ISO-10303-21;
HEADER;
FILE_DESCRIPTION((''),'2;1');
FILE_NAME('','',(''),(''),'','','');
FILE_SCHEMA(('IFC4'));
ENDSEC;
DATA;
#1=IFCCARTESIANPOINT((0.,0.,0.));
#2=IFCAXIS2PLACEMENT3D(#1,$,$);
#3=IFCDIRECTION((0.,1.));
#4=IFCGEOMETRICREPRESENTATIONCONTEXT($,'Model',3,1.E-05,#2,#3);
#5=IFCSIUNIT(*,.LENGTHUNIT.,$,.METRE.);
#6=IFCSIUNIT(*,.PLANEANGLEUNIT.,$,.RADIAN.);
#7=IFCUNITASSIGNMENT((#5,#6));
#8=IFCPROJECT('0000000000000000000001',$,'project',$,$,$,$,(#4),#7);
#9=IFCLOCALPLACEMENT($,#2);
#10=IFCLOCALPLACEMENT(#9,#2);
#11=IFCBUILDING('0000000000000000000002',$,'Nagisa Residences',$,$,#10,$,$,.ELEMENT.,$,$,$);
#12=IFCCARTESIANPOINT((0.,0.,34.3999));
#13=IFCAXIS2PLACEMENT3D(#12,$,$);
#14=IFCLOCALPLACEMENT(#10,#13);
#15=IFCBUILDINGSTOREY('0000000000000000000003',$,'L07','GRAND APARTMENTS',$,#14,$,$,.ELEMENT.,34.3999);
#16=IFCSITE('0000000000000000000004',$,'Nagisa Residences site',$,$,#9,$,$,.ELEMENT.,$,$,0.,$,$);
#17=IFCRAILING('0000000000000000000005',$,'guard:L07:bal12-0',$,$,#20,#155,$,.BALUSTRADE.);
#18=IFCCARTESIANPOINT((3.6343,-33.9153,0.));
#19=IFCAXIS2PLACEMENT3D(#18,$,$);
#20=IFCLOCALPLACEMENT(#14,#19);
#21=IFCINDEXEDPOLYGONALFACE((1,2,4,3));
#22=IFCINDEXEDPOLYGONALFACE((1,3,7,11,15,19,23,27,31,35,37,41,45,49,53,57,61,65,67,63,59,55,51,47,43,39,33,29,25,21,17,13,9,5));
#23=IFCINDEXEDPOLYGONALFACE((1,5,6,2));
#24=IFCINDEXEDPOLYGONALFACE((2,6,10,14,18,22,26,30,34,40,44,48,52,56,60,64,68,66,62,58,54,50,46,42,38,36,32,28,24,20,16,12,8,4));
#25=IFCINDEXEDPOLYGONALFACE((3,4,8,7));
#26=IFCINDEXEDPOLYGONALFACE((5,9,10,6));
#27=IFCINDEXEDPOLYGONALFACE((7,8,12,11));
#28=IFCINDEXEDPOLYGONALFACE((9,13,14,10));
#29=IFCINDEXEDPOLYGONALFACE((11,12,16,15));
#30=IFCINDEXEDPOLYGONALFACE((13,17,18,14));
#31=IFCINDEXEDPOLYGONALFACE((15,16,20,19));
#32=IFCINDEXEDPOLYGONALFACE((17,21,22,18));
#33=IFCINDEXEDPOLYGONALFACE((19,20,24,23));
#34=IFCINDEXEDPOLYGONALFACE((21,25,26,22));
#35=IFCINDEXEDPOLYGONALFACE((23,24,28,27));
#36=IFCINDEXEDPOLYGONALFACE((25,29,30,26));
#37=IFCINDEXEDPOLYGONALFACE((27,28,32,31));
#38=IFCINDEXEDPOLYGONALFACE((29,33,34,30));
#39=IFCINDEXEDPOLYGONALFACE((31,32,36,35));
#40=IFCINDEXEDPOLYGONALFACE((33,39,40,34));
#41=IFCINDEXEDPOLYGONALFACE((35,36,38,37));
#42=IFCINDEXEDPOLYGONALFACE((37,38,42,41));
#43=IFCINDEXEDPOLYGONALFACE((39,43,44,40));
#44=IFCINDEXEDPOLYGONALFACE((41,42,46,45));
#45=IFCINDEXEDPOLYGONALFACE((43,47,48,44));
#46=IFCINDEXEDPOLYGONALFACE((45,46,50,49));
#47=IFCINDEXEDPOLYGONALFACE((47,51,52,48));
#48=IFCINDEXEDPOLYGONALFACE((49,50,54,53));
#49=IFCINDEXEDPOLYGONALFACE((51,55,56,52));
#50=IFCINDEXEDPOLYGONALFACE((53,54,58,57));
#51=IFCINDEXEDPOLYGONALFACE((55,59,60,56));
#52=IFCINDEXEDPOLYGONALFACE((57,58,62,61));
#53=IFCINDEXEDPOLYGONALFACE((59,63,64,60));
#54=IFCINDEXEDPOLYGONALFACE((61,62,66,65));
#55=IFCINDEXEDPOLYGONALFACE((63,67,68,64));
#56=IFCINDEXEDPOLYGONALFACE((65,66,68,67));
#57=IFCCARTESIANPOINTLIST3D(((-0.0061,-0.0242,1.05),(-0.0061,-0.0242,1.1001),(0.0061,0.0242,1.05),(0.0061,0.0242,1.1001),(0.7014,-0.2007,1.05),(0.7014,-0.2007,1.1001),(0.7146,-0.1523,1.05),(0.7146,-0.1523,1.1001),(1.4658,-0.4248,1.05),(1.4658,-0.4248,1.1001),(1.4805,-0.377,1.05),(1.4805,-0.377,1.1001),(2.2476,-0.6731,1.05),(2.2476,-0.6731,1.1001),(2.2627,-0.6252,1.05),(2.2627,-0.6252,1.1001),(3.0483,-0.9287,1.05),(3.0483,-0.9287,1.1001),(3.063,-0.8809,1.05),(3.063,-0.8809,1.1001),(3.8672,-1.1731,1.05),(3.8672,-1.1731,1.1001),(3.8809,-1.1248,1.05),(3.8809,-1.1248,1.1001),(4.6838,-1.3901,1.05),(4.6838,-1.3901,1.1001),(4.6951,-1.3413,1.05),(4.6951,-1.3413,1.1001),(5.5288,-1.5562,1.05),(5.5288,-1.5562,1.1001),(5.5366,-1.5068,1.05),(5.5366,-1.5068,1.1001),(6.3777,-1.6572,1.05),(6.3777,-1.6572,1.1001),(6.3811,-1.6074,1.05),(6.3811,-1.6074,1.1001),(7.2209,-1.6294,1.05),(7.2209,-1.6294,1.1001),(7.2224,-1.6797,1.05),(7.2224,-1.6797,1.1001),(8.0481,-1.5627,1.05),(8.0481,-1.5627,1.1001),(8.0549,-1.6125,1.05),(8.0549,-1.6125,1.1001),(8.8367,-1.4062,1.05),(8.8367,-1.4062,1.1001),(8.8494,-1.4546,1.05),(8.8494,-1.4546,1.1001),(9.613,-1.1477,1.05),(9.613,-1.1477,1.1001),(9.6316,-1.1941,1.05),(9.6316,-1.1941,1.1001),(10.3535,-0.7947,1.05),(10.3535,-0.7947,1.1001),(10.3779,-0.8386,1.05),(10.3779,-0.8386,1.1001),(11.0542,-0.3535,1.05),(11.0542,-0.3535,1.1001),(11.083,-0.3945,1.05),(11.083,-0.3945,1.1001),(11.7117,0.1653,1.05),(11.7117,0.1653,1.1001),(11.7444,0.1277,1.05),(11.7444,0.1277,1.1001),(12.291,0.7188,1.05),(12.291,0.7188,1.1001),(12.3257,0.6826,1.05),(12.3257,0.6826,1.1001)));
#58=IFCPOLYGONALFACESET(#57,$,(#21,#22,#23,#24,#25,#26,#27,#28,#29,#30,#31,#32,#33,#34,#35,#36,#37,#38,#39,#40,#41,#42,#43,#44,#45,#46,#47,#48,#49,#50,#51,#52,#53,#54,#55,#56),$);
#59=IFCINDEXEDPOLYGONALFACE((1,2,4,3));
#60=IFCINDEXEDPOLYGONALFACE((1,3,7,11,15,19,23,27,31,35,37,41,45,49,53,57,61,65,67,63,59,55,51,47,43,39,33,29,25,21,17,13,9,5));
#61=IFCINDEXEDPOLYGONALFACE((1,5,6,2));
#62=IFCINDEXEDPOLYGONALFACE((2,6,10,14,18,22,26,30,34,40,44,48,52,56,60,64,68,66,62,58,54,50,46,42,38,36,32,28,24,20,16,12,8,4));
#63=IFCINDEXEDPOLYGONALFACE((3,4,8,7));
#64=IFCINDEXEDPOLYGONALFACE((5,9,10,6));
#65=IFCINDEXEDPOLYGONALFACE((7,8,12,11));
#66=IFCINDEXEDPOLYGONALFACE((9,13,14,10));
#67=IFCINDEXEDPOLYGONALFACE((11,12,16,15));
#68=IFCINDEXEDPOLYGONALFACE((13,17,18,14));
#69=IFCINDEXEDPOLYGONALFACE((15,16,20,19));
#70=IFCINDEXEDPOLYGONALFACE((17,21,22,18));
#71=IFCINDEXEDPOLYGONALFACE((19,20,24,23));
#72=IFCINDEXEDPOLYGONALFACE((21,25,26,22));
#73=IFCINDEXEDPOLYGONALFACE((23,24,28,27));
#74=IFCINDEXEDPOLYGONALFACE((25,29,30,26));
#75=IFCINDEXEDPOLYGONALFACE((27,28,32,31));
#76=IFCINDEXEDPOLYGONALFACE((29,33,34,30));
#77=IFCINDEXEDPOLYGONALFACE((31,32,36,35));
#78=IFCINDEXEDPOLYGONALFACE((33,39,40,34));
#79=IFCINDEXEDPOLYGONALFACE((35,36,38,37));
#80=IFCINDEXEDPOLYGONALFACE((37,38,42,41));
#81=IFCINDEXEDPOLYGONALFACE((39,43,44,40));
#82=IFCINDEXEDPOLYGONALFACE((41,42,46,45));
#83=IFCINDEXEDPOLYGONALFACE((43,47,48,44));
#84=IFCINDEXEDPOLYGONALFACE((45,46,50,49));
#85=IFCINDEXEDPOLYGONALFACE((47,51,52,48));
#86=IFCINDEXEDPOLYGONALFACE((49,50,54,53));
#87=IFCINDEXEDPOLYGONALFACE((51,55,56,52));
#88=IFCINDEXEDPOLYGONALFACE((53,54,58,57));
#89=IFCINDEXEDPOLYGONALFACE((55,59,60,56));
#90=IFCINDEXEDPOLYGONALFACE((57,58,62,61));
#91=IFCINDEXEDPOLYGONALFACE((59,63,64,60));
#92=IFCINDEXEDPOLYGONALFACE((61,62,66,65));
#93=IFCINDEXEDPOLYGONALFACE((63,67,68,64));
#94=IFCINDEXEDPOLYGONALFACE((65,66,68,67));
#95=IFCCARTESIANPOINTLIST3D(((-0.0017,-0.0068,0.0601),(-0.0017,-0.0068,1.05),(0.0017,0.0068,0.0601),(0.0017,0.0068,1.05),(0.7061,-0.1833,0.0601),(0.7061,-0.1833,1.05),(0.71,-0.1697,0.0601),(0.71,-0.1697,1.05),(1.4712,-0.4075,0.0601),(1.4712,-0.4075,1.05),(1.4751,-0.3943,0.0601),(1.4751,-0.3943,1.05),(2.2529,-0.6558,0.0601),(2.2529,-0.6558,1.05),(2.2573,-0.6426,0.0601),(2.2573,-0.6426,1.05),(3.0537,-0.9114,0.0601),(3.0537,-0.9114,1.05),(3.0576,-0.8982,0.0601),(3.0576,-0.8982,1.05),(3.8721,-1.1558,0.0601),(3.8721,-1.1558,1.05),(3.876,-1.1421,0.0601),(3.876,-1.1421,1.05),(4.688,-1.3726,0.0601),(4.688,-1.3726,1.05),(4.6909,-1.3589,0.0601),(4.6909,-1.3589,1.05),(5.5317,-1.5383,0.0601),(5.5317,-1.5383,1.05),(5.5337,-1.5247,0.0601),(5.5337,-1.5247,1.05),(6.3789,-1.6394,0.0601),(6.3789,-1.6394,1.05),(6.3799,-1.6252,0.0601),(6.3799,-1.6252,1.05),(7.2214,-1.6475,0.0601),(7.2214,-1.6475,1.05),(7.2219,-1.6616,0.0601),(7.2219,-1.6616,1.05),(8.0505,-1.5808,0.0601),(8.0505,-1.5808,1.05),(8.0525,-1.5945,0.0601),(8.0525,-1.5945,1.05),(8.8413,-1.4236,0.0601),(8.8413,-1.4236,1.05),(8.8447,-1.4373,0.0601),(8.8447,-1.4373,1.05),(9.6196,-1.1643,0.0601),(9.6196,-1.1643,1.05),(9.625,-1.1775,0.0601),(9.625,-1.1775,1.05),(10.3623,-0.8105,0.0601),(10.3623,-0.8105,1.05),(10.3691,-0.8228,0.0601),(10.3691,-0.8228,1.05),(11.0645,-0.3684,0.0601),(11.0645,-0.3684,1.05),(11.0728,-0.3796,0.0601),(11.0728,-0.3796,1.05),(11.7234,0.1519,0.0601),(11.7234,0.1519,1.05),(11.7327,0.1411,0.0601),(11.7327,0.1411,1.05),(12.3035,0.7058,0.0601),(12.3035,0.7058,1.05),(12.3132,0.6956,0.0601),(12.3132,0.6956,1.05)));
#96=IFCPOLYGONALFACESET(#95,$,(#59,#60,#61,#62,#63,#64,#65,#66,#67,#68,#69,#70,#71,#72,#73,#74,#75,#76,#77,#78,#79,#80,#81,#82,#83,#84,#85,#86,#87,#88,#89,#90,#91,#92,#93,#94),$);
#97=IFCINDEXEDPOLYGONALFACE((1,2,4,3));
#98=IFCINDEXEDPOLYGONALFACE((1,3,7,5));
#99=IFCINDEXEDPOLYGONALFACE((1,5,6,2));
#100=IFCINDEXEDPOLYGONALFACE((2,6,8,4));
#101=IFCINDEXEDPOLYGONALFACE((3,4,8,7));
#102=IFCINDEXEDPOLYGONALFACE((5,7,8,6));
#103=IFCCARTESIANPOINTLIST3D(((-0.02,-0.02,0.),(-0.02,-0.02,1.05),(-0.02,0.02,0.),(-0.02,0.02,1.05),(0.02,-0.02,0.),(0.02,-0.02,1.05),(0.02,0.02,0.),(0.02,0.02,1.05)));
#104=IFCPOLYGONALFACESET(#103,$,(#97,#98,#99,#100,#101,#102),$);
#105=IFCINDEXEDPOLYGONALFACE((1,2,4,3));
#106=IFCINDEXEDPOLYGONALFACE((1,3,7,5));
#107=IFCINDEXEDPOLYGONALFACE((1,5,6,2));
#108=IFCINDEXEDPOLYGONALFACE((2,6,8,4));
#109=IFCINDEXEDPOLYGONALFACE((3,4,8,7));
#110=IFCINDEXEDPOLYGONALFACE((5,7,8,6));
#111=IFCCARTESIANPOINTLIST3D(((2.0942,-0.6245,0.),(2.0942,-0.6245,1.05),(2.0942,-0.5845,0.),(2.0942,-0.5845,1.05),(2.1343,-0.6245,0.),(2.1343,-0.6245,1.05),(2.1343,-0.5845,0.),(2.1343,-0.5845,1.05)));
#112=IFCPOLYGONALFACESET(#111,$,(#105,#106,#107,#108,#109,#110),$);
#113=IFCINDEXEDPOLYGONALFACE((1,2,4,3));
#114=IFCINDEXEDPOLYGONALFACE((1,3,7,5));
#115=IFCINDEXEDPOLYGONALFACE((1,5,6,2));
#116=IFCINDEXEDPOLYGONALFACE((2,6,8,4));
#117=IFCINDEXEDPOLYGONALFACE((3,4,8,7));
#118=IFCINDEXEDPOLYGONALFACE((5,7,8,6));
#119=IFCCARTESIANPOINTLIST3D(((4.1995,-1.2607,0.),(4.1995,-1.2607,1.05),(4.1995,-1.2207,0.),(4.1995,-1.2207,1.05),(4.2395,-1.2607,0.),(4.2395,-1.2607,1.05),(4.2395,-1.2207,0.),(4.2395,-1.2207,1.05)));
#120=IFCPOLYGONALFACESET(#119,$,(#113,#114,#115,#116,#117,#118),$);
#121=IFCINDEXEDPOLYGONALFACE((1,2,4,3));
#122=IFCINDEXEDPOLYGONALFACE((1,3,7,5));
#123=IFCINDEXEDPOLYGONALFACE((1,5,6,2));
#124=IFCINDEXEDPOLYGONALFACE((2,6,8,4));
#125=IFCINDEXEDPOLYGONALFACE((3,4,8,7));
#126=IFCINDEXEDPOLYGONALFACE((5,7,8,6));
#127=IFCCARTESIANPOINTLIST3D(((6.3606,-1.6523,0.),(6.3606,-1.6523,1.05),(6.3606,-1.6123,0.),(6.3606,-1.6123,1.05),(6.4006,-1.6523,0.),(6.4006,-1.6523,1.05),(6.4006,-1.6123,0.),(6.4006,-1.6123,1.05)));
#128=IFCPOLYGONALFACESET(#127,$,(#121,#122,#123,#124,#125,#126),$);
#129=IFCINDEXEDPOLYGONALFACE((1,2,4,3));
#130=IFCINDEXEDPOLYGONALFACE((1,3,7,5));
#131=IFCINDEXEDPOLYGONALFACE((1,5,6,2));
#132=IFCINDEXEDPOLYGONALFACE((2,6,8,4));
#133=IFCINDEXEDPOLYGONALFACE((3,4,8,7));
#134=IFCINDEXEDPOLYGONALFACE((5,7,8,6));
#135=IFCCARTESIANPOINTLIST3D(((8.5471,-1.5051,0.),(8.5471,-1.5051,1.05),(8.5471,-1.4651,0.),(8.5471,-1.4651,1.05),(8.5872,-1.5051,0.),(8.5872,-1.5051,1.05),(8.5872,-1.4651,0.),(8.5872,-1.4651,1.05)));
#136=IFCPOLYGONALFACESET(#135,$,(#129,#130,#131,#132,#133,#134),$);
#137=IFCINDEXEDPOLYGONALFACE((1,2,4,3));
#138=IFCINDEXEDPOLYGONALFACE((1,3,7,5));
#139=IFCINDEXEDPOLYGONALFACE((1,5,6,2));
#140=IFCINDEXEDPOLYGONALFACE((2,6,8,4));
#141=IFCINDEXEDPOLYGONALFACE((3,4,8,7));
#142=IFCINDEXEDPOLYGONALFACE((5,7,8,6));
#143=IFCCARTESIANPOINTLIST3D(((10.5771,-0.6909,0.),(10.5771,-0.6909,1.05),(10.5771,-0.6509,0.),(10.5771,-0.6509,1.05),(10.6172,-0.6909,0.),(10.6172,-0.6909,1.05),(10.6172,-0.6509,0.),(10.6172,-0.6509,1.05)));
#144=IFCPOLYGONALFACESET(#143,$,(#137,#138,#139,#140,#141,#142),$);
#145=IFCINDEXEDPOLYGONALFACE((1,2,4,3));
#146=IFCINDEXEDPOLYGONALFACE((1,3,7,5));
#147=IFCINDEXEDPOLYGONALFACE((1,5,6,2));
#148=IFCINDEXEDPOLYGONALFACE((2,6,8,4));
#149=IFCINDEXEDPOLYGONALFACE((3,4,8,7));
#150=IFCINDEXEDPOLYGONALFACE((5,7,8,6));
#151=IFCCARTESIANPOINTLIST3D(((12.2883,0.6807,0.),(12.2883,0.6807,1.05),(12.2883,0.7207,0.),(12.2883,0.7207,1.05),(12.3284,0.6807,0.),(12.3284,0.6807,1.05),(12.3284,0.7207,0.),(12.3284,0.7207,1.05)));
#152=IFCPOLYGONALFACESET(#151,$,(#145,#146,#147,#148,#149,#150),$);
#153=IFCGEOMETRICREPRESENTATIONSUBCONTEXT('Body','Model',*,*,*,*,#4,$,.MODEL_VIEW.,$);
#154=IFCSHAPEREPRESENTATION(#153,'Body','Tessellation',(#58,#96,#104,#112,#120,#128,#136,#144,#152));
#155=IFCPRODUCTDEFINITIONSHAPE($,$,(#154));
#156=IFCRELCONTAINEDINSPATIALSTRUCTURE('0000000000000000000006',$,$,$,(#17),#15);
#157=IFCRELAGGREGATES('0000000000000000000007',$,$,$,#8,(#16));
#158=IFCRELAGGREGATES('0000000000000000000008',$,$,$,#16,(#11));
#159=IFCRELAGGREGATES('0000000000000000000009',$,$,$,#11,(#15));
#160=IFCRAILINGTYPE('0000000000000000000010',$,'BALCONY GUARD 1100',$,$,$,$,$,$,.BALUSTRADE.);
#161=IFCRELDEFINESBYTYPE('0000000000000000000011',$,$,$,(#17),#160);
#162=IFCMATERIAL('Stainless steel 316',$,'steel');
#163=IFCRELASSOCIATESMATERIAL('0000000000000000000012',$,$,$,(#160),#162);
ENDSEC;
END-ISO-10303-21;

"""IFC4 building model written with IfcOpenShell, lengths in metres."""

from ifc_helpers import new_model, si_unit, direction, frame, origin, origin_2d, place, context, subcontext, project, spatial, polyline, rectangle, outline, extrude, material, type_object, element, save


model = new_model("IFC4")

# Units and contexts
model_context = context("Model", 3, precision=1e-05, world=origin(), true_north=direction((0.0, 1.0)))
body_context = subcontext(model_context, "Body", "Model", "MODEL_VIEW")
ifc_project = project(units=[si_unit("LENGTHUNIT", "METRE"), si_unit("PLANEANGLEUNIT", "RADIAN")], contexts=[model_context])

# Site, building, storey
site_placement = place(None, origin())
site = spatial("IfcSite", under=ifc_project, at=site_placement, Name="Nagisa Residences site", CompositionType="ELEMENT", RefElevation=0.0)
building_placement = place(site_placement, origin())
building = spatial("IfcBuilding", under=site, at=building_placement, Name="Nagisa Residences", CompositionType="ELEMENT")
storey_placement = place(building_placement, frame((0.0, 0.0, 34.3999)))
storey = spatial("IfcBuildingStorey", under=building, at=storey_placement, Name="L07", Description="GRAND APARTMENTS", CompositionType="ELEMENT", Elevation=34.3999)

# Railing
ifc_material_1 = material(Name="Stainless steel 316", Category="steel")
railing_type = type_object("IfcRailingType", Name="BALCONY GUARD 1100", PredefinedType="BALUSTRADE", material=ifc_material_1)
railing_1_placement = place(storey_placement, frame((3.6343, -33.9153, 0.0)))
element("IfcRailing", 1, at=railing_1_placement, inside=storey, type_object=railing_type, Name="guard:L07:bal12-0", PredefinedType="BALUSTRADE", context=body_context, shape_type="SweptSolid", body=[
    extrude(outline(polyline([(0.7146, -0.1523), (0.0061, 0.0242), (-0.0061, -0.0242), (0.7014, -0.2007), (1.4658, -0.4248), (2.2476, -0.6731), (3.0483, -0.9287), (3.8672, -1.1731), (4.6838, -1.3901), (5.5288, -1.5562), (6.3777, -1.6572), (7.2224, -1.6797), (8.0549, -1.6125), (8.8494, -1.4546), (9.6316, -1.1941), (10.3779, -0.8386), (11.083, -0.3945), (11.7444, 0.1277), (12.3257, 0.6826), (12.291, 0.7188), (11.7117, 0.1653), (11.0542, -0.3535), (10.3535, -0.7947), (9.613, -1.1477), (8.8367, -1.4062), (8.0481, -1.5627), (7.2209, -1.6294), (6.3811, -1.6074), (5.5366, -1.5068), (4.6951, -1.3413), (3.8809, -1.1248), (3.063, -0.8809), (2.2627, -0.6252), (1.4805, -0.377), (0.7146, -0.1523)])), frame((0.0, 0.0, 1.05)), (0.0, 0.0, 1.0), 0.05),
    extrude(outline(polyline([(0.71, -0.1697), (0.0017, 0.0068), (-0.0017, -0.0068), (0.7061, -0.1833), (1.4712, -0.4075), (2.2529, -0.6558), (3.0537, -0.9114), (3.8721, -1.1558), (4.688, -1.3726), (5.5317, -1.5383), (6.3789, -1.6394), (7.2219, -1.6616), (8.0525, -1.5945), (8.8447, -1.4373), (9.625, -1.1775), (10.3691, -0.8228), (11.0728, -0.3796), (11.7327, 0.1411), (12.3132, 0.6956), (12.3035, 0.7058), (11.7234, 0.1519), (11.0645, -0.3684), (10.3623, -0.8105), (9.6196, -1.1643), (8.8413, -1.4236), (8.0505, -1.5808), (7.2214, -1.6475), (6.3799, -1.6252), (5.5337, -1.5247), (4.6909, -1.3589), (3.876, -1.1421), (3.0576, -0.8982), (2.2573, -0.6426), (1.4751, -0.3943), (0.71, -0.1697)])), frame((0.0, 0.0, 0.0601)), (0.0, 0.0, 1.0), 0.99),
    extrude(rectangle(XDim=0.04, YDim=0.04, at=origin_2d()), origin(), (0.0, 0.0, 1.0), 1.05),
    extrude(rectangle(XDim=0.04, YDim=0.04, at=origin_2d()), frame((2.1143, -0.6045, 0.0)), (0.0, 0.0, 1.0), 1.05),
    extrude(rectangle(XDim=0.04, YDim=0.04, at=origin_2d()), frame((4.2195, -1.2407, 0.0)), (0.0, 0.0, 1.0), 1.05),
    extrude(rectangle(XDim=0.04, YDim=0.04, at=origin_2d()), frame((6.3806, -1.6323, 0.0)), (0.0, 0.0, 1.0), 1.05),
    extrude(rectangle(XDim=0.04, YDim=0.04, at=origin_2d()), frame((8.5671, -1.4851, 0.0)), (0.0, 0.0, 1.0), 1.05),
    extrude(rectangle(XDim=0.04, YDim=0.04, at=origin_2d()), frame((10.5972, -0.6709, 0.0)), (0.0, 0.0, 1.0), 1.05),
    extrude(rectangle(XDim=0.04, YDim=0.04, at=origin_2d()), frame((12.3083, 0.7007, 0.0)), (0.0, 0.0, 1.0), 1.05),
])

save(model, "model.ifc")
